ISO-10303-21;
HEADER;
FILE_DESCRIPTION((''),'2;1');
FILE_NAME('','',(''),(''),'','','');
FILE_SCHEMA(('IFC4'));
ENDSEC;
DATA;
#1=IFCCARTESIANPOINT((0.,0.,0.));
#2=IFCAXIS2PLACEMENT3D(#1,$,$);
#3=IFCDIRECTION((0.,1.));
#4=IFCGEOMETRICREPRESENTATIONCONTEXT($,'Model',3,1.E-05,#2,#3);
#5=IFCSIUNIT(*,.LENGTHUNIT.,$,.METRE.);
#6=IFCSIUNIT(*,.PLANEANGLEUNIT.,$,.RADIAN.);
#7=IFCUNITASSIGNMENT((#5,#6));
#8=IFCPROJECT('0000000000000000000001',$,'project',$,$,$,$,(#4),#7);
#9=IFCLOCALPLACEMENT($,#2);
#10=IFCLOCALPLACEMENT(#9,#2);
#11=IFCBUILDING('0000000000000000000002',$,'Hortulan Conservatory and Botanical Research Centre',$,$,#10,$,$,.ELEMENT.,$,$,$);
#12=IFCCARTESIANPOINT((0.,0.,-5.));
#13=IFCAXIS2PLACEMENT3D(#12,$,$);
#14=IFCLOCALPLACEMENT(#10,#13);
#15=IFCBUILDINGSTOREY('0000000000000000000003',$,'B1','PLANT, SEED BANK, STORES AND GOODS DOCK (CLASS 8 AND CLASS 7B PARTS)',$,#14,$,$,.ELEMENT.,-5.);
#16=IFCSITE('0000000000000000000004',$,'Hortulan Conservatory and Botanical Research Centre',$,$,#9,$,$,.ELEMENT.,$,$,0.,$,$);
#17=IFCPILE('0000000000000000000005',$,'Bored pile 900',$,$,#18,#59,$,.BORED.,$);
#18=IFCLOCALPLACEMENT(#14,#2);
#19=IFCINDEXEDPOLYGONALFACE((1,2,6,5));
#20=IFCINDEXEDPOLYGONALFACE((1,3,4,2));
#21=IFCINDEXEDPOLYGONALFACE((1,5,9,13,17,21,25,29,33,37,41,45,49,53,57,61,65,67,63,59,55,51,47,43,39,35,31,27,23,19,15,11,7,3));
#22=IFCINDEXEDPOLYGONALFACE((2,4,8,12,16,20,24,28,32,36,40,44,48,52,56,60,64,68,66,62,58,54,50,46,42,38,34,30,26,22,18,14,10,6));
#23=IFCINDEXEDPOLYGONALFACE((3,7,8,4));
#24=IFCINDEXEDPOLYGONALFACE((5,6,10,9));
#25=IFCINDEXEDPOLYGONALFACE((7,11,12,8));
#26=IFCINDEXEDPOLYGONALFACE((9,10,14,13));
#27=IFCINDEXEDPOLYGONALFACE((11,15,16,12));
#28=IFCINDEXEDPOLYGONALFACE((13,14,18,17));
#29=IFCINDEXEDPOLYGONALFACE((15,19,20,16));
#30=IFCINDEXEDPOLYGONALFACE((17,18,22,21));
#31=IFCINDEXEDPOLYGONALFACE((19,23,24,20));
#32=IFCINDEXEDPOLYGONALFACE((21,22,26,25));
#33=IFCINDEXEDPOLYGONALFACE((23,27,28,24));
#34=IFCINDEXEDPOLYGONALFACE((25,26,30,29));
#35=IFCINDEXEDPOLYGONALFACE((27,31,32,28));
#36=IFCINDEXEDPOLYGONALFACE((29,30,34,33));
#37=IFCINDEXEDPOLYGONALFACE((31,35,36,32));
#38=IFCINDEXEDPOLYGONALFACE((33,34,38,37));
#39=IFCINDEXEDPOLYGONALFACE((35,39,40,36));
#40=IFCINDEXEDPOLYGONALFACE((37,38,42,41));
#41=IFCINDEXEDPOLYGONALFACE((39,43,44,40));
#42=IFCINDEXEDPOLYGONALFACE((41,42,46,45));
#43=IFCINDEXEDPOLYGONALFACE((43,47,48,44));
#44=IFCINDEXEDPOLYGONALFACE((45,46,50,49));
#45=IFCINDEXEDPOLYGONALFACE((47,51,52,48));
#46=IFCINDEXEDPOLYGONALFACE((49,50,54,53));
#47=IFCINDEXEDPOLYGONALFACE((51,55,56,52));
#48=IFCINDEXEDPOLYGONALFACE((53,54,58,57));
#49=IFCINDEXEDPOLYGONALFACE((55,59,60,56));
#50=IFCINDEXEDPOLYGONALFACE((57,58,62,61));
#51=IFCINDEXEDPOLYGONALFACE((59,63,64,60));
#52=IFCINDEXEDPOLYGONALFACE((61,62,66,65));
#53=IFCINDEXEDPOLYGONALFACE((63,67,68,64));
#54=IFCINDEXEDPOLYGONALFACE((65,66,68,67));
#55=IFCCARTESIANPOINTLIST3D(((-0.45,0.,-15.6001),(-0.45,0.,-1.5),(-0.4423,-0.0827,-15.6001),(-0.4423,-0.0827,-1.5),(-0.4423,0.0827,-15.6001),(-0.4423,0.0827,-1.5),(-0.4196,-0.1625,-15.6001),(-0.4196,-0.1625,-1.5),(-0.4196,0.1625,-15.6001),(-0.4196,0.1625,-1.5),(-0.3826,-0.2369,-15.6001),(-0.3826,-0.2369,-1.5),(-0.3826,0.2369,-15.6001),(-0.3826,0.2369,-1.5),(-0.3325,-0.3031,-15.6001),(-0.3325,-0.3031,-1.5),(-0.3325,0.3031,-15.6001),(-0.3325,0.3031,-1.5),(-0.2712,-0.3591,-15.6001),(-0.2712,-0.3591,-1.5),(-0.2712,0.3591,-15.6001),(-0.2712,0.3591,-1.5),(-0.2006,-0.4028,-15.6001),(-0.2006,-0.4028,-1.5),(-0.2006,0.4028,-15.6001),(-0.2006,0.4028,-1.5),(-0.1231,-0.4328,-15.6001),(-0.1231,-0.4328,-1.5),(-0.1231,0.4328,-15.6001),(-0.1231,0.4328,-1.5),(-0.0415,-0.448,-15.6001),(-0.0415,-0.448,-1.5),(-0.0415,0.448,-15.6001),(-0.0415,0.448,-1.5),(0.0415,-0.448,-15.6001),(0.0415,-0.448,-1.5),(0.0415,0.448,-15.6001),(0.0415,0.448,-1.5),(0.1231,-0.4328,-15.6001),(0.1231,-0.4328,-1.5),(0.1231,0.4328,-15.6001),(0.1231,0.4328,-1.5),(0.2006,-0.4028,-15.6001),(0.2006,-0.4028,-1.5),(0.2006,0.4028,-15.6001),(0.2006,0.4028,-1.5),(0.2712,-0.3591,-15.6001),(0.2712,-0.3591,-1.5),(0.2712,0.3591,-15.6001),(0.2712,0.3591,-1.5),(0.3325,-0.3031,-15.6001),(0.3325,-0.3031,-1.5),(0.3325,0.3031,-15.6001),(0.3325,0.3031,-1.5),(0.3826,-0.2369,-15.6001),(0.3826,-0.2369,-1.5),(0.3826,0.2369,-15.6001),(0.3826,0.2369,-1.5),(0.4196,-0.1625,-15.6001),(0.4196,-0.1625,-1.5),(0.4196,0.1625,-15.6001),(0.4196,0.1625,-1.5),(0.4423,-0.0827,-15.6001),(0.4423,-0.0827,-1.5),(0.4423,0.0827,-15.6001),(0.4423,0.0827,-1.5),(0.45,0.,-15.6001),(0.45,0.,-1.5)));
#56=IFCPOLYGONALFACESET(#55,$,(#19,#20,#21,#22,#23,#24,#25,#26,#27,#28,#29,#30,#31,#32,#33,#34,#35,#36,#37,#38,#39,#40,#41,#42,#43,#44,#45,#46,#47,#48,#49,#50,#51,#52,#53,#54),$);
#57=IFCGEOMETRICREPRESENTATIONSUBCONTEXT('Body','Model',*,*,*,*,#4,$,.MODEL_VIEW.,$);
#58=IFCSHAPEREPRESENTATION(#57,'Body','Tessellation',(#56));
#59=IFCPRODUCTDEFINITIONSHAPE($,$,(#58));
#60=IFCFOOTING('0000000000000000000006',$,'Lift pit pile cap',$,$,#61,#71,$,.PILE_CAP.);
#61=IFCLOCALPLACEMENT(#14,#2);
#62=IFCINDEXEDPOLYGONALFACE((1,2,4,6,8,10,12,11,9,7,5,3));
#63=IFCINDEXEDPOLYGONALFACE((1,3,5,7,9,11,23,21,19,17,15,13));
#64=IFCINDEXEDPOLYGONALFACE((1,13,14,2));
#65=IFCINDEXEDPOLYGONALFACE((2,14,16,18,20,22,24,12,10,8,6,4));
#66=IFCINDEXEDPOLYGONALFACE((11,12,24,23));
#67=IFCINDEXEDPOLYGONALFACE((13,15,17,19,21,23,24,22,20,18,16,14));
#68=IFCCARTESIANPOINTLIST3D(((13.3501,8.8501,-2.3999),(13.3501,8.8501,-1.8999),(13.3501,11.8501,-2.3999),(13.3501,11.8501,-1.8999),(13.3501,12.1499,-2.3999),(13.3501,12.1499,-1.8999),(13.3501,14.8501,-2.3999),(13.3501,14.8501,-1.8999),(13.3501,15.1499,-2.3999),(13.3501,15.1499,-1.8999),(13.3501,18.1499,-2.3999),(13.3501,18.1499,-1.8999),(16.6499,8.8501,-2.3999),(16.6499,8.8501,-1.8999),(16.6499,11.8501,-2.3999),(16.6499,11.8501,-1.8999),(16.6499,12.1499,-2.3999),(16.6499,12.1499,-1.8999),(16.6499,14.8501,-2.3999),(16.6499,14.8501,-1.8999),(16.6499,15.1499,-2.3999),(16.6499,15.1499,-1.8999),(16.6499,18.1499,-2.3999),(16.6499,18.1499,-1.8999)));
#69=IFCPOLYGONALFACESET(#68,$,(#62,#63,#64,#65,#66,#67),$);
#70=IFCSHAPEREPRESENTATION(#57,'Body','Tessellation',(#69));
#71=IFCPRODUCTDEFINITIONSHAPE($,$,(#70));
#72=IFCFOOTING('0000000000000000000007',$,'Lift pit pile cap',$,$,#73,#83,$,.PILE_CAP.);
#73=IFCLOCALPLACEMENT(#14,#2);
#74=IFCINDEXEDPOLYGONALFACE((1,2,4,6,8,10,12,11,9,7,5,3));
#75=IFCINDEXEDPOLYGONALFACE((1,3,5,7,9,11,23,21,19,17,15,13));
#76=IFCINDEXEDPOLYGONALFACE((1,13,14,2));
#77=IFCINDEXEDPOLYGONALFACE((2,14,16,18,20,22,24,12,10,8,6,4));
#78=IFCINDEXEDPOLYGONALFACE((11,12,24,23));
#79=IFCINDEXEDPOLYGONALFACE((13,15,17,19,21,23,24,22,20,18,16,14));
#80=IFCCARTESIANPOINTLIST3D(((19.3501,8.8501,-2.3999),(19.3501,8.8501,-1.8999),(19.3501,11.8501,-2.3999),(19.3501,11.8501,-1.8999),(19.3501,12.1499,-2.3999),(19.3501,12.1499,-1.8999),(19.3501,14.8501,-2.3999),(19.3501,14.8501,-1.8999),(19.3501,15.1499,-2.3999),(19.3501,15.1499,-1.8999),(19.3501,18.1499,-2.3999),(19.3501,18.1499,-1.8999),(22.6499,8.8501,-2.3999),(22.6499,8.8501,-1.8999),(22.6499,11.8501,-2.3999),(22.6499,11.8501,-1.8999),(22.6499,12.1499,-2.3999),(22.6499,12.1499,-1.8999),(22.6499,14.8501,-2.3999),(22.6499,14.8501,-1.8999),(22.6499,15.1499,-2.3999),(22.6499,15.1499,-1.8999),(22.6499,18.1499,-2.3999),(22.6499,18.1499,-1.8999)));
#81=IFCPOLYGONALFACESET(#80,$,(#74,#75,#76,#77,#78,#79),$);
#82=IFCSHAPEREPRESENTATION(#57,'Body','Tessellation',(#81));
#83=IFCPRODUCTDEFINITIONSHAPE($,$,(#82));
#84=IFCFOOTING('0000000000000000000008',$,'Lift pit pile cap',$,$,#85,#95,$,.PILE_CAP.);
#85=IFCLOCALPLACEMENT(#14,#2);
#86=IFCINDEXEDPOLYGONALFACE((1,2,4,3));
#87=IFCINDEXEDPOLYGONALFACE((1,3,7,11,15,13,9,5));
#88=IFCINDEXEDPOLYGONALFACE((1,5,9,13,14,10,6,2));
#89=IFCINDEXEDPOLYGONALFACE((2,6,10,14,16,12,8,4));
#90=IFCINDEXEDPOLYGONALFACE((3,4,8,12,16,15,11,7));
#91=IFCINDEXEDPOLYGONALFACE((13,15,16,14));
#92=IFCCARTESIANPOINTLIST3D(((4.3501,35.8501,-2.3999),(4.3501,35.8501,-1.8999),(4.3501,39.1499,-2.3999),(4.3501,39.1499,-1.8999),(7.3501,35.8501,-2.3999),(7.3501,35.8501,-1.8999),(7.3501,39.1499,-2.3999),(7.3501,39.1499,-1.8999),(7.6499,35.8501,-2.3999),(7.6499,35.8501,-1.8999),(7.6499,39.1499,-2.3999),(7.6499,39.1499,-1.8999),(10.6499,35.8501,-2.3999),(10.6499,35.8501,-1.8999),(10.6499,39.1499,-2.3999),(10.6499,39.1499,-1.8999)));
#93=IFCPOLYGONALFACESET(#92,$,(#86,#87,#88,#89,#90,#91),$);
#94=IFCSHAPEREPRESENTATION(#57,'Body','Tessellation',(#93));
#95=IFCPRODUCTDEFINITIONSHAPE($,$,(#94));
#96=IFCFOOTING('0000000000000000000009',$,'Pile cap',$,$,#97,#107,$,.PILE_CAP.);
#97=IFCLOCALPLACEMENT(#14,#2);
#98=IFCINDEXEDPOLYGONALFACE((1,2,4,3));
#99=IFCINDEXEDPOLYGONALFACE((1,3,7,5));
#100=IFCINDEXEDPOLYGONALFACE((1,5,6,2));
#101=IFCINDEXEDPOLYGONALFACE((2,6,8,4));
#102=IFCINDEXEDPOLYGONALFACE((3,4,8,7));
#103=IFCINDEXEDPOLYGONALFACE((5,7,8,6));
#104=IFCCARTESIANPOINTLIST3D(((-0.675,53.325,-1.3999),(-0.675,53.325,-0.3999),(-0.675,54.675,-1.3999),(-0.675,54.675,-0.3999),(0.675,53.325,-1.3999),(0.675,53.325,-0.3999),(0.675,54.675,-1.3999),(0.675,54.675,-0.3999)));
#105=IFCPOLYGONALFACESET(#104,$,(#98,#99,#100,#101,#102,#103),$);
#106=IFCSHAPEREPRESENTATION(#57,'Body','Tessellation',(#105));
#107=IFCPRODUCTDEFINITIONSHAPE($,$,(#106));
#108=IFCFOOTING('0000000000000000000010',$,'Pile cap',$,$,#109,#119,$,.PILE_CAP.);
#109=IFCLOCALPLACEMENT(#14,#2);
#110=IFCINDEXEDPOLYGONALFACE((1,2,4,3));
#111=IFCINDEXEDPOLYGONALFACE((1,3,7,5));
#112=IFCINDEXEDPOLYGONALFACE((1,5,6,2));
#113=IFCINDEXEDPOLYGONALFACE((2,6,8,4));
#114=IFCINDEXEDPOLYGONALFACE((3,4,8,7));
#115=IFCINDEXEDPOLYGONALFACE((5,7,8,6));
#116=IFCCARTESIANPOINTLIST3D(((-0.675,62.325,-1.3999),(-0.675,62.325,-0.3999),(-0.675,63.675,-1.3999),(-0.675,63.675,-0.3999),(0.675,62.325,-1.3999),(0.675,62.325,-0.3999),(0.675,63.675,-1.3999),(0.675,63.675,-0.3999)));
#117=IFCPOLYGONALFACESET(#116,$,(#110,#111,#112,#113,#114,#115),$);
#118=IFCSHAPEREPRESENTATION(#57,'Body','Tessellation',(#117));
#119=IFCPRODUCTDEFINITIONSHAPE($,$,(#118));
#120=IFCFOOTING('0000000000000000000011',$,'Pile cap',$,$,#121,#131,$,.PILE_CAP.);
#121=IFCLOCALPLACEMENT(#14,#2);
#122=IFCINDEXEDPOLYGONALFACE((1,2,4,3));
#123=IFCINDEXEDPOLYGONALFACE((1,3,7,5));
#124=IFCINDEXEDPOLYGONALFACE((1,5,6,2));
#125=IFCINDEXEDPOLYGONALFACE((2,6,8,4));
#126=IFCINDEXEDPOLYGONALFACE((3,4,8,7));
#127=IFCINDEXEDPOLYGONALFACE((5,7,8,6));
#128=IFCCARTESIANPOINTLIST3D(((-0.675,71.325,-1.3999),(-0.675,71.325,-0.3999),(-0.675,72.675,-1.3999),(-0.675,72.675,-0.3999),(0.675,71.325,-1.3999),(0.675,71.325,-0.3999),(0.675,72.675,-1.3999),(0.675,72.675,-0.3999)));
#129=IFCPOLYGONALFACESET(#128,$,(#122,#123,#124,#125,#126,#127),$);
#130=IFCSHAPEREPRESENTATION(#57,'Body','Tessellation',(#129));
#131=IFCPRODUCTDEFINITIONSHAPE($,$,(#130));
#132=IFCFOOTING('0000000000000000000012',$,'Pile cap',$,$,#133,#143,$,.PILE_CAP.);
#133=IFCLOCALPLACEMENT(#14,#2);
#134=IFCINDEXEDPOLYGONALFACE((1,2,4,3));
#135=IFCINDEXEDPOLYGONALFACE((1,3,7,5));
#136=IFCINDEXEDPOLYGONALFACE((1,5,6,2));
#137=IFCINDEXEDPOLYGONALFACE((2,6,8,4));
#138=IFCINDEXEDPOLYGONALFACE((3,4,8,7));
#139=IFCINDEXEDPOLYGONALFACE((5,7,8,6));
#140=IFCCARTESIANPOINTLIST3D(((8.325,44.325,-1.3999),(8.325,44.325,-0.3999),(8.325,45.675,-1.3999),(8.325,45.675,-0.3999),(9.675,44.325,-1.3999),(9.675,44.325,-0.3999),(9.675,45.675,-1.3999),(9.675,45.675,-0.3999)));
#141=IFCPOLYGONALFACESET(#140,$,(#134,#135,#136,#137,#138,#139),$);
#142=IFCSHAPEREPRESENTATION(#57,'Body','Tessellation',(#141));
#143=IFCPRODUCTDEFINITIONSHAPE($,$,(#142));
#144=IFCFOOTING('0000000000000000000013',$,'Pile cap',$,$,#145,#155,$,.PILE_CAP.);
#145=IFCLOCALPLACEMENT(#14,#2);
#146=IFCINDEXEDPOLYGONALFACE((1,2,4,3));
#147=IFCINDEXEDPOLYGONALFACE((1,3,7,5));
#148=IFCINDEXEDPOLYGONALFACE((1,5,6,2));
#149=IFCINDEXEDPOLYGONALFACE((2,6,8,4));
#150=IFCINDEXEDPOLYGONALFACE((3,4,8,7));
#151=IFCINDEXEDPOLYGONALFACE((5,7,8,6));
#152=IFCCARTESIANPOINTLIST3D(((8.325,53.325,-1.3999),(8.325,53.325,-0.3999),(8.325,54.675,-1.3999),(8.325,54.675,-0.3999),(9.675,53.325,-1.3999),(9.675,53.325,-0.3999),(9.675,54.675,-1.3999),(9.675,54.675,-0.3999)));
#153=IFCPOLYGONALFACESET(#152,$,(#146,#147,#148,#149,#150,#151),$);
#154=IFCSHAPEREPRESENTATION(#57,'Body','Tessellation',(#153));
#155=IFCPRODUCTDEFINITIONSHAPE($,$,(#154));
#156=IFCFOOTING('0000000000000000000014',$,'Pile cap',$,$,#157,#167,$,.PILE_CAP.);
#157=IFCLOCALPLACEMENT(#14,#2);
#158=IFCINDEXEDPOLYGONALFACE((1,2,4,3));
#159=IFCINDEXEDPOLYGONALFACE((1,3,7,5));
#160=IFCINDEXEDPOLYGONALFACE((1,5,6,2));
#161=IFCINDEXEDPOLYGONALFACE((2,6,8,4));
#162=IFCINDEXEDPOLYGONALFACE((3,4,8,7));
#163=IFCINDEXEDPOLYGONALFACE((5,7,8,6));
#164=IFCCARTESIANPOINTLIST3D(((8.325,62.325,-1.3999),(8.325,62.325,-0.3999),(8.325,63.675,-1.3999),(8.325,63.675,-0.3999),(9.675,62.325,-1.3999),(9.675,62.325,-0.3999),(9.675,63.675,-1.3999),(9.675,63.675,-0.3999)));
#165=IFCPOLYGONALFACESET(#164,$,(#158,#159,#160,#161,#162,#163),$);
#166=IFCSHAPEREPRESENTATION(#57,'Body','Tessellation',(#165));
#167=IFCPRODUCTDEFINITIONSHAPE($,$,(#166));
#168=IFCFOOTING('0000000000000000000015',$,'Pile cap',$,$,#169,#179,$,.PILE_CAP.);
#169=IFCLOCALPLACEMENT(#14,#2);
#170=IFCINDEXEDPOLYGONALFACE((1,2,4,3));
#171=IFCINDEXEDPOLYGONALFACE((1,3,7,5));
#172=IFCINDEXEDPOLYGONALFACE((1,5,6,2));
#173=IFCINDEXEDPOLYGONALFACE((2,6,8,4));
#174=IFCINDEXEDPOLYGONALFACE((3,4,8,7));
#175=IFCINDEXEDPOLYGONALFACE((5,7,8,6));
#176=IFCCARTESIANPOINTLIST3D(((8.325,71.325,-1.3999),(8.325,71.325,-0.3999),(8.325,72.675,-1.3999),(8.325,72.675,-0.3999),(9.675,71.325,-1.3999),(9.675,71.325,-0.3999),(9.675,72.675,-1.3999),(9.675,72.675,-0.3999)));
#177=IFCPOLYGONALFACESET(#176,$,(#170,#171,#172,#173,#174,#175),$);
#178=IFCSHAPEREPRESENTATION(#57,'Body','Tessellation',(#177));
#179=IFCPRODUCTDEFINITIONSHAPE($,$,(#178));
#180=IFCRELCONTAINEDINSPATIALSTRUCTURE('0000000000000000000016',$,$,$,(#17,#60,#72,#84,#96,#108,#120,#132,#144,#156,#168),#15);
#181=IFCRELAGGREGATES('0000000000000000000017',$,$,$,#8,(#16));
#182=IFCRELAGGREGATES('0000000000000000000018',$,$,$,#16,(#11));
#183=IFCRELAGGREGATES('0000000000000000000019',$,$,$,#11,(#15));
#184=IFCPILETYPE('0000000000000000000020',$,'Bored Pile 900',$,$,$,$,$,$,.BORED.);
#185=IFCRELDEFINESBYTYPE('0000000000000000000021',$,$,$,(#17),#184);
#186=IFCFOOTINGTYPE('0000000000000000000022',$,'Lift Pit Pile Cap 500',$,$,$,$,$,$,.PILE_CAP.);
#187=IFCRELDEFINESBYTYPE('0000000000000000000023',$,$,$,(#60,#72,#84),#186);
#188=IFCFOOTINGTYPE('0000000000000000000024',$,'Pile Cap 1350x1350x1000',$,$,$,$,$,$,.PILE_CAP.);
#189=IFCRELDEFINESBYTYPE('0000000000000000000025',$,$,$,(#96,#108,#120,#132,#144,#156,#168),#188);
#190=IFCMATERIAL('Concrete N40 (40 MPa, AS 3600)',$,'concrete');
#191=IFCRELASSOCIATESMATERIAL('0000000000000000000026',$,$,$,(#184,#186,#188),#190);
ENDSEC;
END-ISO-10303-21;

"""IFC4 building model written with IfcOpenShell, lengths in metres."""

from ifc_helpers import new_model, si_unit, direction, frame, origin, origin_2d, place, context, subcontext, project, spatial, polyline, circle, outline, extrude, material, material_profile, profile_set, type_object, element, save


model = new_model("IFC4")

# Units and contexts
model_context = context("Model", 3, precision=1e-05, world=origin(), true_north=direction((0.0, 1.0)))
body_context = subcontext(model_context, "Body", "Model", "MODEL_VIEW")
ifc_project = project(units=[si_unit("LENGTHUNIT", "METRE"), si_unit("PLANEANGLEUNIT", "RADIAN")], contexts=[model_context])

# Site, building, storey
site_placement = place(None, origin())
site = spatial("IfcSite", under=ifc_project, at=site_placement, Name="Hortulan Conservatory and Botanical Research Centre", CompositionType="ELEMENT", RefElevation=0.0)
building_placement = place(site_placement, origin())
building = spatial("IfcBuilding", under=site, at=building_placement, Name="Hortulan Conservatory and Botanical Research Centre", CompositionType="ELEMENT")
storey_placement = place(building_placement, frame((0.0, 0.0, -5.0)))
storey = spatial("IfcBuildingStorey", under=building, at=storey_placement, Name="B1", Description="PLANT, SEED BANK, STORES AND GOODS DOCK (CLASS 8 AND CLASS 7B PARTS)", CompositionType="ELEMENT", Elevation=-5.0)

# Pile
ifc_material = material(Name="Concrete N40 (40 MPa, AS 3600)", Category="concrete")
ifc_material_profile = material_profile(ifc_material, circle(Radius=0.45, at=origin_2d()), Name="Bored pile 900 diameter")
ifc_profile_set = profile_set([ifc_material_profile], Name="Concrete N40 (40 MPa, AS 3600)")
pile_type = type_object("IfcPileType", Name="Bored Pile 900", PredefinedType="BORED", material=ifc_profile_set)
pile_placement = place(storey_placement, frame((0.0, 0.0, -1.5), z_axis=(0.0, 0.0, -1.0), x_axis=(1.0, 0.0, 0.0)))
element("IfcPile", 1, at=pile_placement, inside=storey, type_object=pile_type, Name="Bored pile 900", PredefinedType="BORED", context=body_context, shape_type="SweptSolid", body=[
    extrude(circle(Radius=0.45, at=origin_2d()), origin(), (0.0, 0.0, 1.0), 14.1001),
])

# Footings
footing_type_1 = type_object("IfcFootingType", Name="Lift Pit Pile Cap 500", PredefinedType="PILE_CAP", material=ifc_material)
footing_1_placement = place(storey_placement, frame((0.0, 0.0, -2.3999)))
element("IfcFooting", 2, at=footing_1_placement, inside=storey, type_object=footing_type_1, Name="Lift pit pile cap", PredefinedType="PILE_CAP", context=body_context, shape_type="SweptSolid", body=[
    extrude(outline(polyline([(16.6499, 8.8501), (16.6499, 11.8501), (16.6499, 12.1499), (16.6499, 14.8501), (16.6499, 15.1499), (16.6499, 18.1499), (13.3501, 18.1499), (13.3501, 15.1499), (13.3501, 14.8501), (13.3501, 12.1499), (13.3501, 11.8501), (13.3501, 8.8501), (16.6499, 8.8501)])), origin(), (0.0, 0.0, 1.0), 0.5),
])
footing_2_placement = place(storey_placement, frame((0.0, 0.0, -2.3999)))
element("IfcFooting", 3, at=footing_2_placement, inside=storey, type_object=footing_type_1, Name="Lift pit pile cap", PredefinedType="PILE_CAP", context=body_context, shape_type="SweptSolid", body=[
    extrude(outline(polyline([(22.6499, 8.8501), (22.6499, 11.8501), (22.6499, 12.1499), (22.6499, 14.8501), (22.6499, 15.1499), (22.6499, 18.1499), (19.3501, 18.1499), (19.3501, 15.1499), (19.3501, 14.8501), (19.3501, 12.1499), (19.3501, 11.8501), (19.3501, 8.8501), (22.6499, 8.8501)])), origin(), (0.0, 0.0, 1.0), 0.5),
])
footing_3_placement = place(storey_placement, frame((0.0, 0.0, -2.3999)))
element("IfcFooting", 4, at=footing_3_placement, inside=storey, type_object=footing_type_1, Name="Lift pit pile cap", PredefinedType="PILE_CAP", context=body_context, shape_type="SweptSolid", body=[
    extrude(outline(polyline([(7.6499, 39.1499), (7.3501, 39.1499), (4.3501, 39.1499), (4.3501, 35.8501), (7.3501, 35.8501), (7.6499, 35.8501), (10.6499, 35.8501), (10.6499, 39.1499), (7.6499, 39.1499)])), origin(), (0.0, 0.0, 1.0), 0.5),
])
footing_type_2 = type_object("IfcFootingType", Name="Pile Cap 1350x1350x1000", PredefinedType="PILE_CAP", material=ifc_material)
footing_4_placement = place(storey_placement, frame((0.0, 0.0, -1.3999)))
element("IfcFooting", 5, at=footing_4_placement, inside=storey, type_object=footing_type_2, Name="Pile cap", PredefinedType="PILE_CAP", context=body_context, shape_type="SweptSolid", body=[
    extrude(outline(polyline([(0.675, 53.325), (0.675, 54.675), (-0.675, 54.675), (-0.675, 53.325), (0.675, 53.325)])), origin(), (0.0, 0.0, 1.0), 1.0),
])
footing_5_placement = place(storey_placement, frame((0.0, 0.0, -1.3999)))
element("IfcFooting", 6, at=footing_5_placement, inside=storey, type_object=footing_type_2, Name="Pile cap", PredefinedType="PILE_CAP", context=body_context, shape_type="SweptSolid", body=[
    extrude(outline(polyline([(0.675, 62.325), (0.675, 63.675), (-0.675, 63.675), (-0.675, 62.325), (0.675, 62.325)])), origin(), (0.0, 0.0, 1.0), 1.0),
])
footing_6_placement = place(storey_placement, frame((0.0, 0.0, -1.3999)))
element("IfcFooting", 7, at=footing_6_placement, inside=storey, type_object=footing_type_2, Name="Pile cap", PredefinedType="PILE_CAP", context=body_context, shape_type="SweptSolid", body=[
    extrude(outline(polyline([(0.675, 71.325), (0.675, 72.675), (-0.675, 72.675), (-0.675, 71.325), (0.675, 71.325)])), origin(), (0.0, 0.0, 1.0), 1.0),
])
footing_7_placement = place(storey_placement, frame((0.0, 0.0, -1.3999)))
element("IfcFooting", 8, at=footing_7_placement, inside=storey, type_object=footing_type_2, Name="Pile cap", PredefinedType="PILE_CAP", context=body_context, shape_type="SweptSolid", body=[
    extrude(outline(polyline([(9.675, 44.325), (9.675, 45.675), (8.325, 45.675), (8.325, 44.325), (9.675, 44.325)])), origin(), (0.0, 0.0, 1.0), 1.0),
])
footing_8_placement = place(storey_placement, frame((0.0, 0.0, -1.3999)))
element("IfcFooting", 9, at=footing_8_placement, inside=storey, type_object=footing_type_2, Name="Pile cap", PredefinedType="PILE_CAP", context=body_context, shape_type="SweptSolid", body=[
    extrude(outline(polyline([(9.675, 53.325), (9.675, 54.675), (8.325, 54.675), (8.325, 53.325), (9.675, 53.325)])), origin(), (0.0, 0.0, 1.0), 1.0),
])
footing_9_placement = place(storey_placement, frame((0.0, 0.0, -1.3999)))
element("IfcFooting", 10, at=footing_9_placement, inside=storey, type_object=footing_type_2, Name="Pile cap", PredefinedType="PILE_CAP", context=body_context, shape_type="SweptSolid", body=[
    extrude(outline(polyline([(9.675, 62.325), (9.675, 63.675), (8.325, 63.675), (8.325, 62.325), (9.675, 62.325)])), origin(), (0.0, 0.0, 1.0), 1.0),
])
footing_10_placement = place(storey_placement, frame((0.0, 0.0, -1.3999)))
element("IfcFooting", 11, at=footing_10_placement, inside=storey, type_object=footing_type_2, Name="Pile cap", PredefinedType="PILE_CAP", context=body_context, shape_type="SweptSolid", body=[
    extrude(outline(polyline([(9.675, 71.325), (9.675, 72.675), (8.325, 72.675), (8.325, 71.325), (9.675, 71.325)])), origin(), (0.0, 0.0, 1.0), 1.0),
])

save(model, "model.ifc")
